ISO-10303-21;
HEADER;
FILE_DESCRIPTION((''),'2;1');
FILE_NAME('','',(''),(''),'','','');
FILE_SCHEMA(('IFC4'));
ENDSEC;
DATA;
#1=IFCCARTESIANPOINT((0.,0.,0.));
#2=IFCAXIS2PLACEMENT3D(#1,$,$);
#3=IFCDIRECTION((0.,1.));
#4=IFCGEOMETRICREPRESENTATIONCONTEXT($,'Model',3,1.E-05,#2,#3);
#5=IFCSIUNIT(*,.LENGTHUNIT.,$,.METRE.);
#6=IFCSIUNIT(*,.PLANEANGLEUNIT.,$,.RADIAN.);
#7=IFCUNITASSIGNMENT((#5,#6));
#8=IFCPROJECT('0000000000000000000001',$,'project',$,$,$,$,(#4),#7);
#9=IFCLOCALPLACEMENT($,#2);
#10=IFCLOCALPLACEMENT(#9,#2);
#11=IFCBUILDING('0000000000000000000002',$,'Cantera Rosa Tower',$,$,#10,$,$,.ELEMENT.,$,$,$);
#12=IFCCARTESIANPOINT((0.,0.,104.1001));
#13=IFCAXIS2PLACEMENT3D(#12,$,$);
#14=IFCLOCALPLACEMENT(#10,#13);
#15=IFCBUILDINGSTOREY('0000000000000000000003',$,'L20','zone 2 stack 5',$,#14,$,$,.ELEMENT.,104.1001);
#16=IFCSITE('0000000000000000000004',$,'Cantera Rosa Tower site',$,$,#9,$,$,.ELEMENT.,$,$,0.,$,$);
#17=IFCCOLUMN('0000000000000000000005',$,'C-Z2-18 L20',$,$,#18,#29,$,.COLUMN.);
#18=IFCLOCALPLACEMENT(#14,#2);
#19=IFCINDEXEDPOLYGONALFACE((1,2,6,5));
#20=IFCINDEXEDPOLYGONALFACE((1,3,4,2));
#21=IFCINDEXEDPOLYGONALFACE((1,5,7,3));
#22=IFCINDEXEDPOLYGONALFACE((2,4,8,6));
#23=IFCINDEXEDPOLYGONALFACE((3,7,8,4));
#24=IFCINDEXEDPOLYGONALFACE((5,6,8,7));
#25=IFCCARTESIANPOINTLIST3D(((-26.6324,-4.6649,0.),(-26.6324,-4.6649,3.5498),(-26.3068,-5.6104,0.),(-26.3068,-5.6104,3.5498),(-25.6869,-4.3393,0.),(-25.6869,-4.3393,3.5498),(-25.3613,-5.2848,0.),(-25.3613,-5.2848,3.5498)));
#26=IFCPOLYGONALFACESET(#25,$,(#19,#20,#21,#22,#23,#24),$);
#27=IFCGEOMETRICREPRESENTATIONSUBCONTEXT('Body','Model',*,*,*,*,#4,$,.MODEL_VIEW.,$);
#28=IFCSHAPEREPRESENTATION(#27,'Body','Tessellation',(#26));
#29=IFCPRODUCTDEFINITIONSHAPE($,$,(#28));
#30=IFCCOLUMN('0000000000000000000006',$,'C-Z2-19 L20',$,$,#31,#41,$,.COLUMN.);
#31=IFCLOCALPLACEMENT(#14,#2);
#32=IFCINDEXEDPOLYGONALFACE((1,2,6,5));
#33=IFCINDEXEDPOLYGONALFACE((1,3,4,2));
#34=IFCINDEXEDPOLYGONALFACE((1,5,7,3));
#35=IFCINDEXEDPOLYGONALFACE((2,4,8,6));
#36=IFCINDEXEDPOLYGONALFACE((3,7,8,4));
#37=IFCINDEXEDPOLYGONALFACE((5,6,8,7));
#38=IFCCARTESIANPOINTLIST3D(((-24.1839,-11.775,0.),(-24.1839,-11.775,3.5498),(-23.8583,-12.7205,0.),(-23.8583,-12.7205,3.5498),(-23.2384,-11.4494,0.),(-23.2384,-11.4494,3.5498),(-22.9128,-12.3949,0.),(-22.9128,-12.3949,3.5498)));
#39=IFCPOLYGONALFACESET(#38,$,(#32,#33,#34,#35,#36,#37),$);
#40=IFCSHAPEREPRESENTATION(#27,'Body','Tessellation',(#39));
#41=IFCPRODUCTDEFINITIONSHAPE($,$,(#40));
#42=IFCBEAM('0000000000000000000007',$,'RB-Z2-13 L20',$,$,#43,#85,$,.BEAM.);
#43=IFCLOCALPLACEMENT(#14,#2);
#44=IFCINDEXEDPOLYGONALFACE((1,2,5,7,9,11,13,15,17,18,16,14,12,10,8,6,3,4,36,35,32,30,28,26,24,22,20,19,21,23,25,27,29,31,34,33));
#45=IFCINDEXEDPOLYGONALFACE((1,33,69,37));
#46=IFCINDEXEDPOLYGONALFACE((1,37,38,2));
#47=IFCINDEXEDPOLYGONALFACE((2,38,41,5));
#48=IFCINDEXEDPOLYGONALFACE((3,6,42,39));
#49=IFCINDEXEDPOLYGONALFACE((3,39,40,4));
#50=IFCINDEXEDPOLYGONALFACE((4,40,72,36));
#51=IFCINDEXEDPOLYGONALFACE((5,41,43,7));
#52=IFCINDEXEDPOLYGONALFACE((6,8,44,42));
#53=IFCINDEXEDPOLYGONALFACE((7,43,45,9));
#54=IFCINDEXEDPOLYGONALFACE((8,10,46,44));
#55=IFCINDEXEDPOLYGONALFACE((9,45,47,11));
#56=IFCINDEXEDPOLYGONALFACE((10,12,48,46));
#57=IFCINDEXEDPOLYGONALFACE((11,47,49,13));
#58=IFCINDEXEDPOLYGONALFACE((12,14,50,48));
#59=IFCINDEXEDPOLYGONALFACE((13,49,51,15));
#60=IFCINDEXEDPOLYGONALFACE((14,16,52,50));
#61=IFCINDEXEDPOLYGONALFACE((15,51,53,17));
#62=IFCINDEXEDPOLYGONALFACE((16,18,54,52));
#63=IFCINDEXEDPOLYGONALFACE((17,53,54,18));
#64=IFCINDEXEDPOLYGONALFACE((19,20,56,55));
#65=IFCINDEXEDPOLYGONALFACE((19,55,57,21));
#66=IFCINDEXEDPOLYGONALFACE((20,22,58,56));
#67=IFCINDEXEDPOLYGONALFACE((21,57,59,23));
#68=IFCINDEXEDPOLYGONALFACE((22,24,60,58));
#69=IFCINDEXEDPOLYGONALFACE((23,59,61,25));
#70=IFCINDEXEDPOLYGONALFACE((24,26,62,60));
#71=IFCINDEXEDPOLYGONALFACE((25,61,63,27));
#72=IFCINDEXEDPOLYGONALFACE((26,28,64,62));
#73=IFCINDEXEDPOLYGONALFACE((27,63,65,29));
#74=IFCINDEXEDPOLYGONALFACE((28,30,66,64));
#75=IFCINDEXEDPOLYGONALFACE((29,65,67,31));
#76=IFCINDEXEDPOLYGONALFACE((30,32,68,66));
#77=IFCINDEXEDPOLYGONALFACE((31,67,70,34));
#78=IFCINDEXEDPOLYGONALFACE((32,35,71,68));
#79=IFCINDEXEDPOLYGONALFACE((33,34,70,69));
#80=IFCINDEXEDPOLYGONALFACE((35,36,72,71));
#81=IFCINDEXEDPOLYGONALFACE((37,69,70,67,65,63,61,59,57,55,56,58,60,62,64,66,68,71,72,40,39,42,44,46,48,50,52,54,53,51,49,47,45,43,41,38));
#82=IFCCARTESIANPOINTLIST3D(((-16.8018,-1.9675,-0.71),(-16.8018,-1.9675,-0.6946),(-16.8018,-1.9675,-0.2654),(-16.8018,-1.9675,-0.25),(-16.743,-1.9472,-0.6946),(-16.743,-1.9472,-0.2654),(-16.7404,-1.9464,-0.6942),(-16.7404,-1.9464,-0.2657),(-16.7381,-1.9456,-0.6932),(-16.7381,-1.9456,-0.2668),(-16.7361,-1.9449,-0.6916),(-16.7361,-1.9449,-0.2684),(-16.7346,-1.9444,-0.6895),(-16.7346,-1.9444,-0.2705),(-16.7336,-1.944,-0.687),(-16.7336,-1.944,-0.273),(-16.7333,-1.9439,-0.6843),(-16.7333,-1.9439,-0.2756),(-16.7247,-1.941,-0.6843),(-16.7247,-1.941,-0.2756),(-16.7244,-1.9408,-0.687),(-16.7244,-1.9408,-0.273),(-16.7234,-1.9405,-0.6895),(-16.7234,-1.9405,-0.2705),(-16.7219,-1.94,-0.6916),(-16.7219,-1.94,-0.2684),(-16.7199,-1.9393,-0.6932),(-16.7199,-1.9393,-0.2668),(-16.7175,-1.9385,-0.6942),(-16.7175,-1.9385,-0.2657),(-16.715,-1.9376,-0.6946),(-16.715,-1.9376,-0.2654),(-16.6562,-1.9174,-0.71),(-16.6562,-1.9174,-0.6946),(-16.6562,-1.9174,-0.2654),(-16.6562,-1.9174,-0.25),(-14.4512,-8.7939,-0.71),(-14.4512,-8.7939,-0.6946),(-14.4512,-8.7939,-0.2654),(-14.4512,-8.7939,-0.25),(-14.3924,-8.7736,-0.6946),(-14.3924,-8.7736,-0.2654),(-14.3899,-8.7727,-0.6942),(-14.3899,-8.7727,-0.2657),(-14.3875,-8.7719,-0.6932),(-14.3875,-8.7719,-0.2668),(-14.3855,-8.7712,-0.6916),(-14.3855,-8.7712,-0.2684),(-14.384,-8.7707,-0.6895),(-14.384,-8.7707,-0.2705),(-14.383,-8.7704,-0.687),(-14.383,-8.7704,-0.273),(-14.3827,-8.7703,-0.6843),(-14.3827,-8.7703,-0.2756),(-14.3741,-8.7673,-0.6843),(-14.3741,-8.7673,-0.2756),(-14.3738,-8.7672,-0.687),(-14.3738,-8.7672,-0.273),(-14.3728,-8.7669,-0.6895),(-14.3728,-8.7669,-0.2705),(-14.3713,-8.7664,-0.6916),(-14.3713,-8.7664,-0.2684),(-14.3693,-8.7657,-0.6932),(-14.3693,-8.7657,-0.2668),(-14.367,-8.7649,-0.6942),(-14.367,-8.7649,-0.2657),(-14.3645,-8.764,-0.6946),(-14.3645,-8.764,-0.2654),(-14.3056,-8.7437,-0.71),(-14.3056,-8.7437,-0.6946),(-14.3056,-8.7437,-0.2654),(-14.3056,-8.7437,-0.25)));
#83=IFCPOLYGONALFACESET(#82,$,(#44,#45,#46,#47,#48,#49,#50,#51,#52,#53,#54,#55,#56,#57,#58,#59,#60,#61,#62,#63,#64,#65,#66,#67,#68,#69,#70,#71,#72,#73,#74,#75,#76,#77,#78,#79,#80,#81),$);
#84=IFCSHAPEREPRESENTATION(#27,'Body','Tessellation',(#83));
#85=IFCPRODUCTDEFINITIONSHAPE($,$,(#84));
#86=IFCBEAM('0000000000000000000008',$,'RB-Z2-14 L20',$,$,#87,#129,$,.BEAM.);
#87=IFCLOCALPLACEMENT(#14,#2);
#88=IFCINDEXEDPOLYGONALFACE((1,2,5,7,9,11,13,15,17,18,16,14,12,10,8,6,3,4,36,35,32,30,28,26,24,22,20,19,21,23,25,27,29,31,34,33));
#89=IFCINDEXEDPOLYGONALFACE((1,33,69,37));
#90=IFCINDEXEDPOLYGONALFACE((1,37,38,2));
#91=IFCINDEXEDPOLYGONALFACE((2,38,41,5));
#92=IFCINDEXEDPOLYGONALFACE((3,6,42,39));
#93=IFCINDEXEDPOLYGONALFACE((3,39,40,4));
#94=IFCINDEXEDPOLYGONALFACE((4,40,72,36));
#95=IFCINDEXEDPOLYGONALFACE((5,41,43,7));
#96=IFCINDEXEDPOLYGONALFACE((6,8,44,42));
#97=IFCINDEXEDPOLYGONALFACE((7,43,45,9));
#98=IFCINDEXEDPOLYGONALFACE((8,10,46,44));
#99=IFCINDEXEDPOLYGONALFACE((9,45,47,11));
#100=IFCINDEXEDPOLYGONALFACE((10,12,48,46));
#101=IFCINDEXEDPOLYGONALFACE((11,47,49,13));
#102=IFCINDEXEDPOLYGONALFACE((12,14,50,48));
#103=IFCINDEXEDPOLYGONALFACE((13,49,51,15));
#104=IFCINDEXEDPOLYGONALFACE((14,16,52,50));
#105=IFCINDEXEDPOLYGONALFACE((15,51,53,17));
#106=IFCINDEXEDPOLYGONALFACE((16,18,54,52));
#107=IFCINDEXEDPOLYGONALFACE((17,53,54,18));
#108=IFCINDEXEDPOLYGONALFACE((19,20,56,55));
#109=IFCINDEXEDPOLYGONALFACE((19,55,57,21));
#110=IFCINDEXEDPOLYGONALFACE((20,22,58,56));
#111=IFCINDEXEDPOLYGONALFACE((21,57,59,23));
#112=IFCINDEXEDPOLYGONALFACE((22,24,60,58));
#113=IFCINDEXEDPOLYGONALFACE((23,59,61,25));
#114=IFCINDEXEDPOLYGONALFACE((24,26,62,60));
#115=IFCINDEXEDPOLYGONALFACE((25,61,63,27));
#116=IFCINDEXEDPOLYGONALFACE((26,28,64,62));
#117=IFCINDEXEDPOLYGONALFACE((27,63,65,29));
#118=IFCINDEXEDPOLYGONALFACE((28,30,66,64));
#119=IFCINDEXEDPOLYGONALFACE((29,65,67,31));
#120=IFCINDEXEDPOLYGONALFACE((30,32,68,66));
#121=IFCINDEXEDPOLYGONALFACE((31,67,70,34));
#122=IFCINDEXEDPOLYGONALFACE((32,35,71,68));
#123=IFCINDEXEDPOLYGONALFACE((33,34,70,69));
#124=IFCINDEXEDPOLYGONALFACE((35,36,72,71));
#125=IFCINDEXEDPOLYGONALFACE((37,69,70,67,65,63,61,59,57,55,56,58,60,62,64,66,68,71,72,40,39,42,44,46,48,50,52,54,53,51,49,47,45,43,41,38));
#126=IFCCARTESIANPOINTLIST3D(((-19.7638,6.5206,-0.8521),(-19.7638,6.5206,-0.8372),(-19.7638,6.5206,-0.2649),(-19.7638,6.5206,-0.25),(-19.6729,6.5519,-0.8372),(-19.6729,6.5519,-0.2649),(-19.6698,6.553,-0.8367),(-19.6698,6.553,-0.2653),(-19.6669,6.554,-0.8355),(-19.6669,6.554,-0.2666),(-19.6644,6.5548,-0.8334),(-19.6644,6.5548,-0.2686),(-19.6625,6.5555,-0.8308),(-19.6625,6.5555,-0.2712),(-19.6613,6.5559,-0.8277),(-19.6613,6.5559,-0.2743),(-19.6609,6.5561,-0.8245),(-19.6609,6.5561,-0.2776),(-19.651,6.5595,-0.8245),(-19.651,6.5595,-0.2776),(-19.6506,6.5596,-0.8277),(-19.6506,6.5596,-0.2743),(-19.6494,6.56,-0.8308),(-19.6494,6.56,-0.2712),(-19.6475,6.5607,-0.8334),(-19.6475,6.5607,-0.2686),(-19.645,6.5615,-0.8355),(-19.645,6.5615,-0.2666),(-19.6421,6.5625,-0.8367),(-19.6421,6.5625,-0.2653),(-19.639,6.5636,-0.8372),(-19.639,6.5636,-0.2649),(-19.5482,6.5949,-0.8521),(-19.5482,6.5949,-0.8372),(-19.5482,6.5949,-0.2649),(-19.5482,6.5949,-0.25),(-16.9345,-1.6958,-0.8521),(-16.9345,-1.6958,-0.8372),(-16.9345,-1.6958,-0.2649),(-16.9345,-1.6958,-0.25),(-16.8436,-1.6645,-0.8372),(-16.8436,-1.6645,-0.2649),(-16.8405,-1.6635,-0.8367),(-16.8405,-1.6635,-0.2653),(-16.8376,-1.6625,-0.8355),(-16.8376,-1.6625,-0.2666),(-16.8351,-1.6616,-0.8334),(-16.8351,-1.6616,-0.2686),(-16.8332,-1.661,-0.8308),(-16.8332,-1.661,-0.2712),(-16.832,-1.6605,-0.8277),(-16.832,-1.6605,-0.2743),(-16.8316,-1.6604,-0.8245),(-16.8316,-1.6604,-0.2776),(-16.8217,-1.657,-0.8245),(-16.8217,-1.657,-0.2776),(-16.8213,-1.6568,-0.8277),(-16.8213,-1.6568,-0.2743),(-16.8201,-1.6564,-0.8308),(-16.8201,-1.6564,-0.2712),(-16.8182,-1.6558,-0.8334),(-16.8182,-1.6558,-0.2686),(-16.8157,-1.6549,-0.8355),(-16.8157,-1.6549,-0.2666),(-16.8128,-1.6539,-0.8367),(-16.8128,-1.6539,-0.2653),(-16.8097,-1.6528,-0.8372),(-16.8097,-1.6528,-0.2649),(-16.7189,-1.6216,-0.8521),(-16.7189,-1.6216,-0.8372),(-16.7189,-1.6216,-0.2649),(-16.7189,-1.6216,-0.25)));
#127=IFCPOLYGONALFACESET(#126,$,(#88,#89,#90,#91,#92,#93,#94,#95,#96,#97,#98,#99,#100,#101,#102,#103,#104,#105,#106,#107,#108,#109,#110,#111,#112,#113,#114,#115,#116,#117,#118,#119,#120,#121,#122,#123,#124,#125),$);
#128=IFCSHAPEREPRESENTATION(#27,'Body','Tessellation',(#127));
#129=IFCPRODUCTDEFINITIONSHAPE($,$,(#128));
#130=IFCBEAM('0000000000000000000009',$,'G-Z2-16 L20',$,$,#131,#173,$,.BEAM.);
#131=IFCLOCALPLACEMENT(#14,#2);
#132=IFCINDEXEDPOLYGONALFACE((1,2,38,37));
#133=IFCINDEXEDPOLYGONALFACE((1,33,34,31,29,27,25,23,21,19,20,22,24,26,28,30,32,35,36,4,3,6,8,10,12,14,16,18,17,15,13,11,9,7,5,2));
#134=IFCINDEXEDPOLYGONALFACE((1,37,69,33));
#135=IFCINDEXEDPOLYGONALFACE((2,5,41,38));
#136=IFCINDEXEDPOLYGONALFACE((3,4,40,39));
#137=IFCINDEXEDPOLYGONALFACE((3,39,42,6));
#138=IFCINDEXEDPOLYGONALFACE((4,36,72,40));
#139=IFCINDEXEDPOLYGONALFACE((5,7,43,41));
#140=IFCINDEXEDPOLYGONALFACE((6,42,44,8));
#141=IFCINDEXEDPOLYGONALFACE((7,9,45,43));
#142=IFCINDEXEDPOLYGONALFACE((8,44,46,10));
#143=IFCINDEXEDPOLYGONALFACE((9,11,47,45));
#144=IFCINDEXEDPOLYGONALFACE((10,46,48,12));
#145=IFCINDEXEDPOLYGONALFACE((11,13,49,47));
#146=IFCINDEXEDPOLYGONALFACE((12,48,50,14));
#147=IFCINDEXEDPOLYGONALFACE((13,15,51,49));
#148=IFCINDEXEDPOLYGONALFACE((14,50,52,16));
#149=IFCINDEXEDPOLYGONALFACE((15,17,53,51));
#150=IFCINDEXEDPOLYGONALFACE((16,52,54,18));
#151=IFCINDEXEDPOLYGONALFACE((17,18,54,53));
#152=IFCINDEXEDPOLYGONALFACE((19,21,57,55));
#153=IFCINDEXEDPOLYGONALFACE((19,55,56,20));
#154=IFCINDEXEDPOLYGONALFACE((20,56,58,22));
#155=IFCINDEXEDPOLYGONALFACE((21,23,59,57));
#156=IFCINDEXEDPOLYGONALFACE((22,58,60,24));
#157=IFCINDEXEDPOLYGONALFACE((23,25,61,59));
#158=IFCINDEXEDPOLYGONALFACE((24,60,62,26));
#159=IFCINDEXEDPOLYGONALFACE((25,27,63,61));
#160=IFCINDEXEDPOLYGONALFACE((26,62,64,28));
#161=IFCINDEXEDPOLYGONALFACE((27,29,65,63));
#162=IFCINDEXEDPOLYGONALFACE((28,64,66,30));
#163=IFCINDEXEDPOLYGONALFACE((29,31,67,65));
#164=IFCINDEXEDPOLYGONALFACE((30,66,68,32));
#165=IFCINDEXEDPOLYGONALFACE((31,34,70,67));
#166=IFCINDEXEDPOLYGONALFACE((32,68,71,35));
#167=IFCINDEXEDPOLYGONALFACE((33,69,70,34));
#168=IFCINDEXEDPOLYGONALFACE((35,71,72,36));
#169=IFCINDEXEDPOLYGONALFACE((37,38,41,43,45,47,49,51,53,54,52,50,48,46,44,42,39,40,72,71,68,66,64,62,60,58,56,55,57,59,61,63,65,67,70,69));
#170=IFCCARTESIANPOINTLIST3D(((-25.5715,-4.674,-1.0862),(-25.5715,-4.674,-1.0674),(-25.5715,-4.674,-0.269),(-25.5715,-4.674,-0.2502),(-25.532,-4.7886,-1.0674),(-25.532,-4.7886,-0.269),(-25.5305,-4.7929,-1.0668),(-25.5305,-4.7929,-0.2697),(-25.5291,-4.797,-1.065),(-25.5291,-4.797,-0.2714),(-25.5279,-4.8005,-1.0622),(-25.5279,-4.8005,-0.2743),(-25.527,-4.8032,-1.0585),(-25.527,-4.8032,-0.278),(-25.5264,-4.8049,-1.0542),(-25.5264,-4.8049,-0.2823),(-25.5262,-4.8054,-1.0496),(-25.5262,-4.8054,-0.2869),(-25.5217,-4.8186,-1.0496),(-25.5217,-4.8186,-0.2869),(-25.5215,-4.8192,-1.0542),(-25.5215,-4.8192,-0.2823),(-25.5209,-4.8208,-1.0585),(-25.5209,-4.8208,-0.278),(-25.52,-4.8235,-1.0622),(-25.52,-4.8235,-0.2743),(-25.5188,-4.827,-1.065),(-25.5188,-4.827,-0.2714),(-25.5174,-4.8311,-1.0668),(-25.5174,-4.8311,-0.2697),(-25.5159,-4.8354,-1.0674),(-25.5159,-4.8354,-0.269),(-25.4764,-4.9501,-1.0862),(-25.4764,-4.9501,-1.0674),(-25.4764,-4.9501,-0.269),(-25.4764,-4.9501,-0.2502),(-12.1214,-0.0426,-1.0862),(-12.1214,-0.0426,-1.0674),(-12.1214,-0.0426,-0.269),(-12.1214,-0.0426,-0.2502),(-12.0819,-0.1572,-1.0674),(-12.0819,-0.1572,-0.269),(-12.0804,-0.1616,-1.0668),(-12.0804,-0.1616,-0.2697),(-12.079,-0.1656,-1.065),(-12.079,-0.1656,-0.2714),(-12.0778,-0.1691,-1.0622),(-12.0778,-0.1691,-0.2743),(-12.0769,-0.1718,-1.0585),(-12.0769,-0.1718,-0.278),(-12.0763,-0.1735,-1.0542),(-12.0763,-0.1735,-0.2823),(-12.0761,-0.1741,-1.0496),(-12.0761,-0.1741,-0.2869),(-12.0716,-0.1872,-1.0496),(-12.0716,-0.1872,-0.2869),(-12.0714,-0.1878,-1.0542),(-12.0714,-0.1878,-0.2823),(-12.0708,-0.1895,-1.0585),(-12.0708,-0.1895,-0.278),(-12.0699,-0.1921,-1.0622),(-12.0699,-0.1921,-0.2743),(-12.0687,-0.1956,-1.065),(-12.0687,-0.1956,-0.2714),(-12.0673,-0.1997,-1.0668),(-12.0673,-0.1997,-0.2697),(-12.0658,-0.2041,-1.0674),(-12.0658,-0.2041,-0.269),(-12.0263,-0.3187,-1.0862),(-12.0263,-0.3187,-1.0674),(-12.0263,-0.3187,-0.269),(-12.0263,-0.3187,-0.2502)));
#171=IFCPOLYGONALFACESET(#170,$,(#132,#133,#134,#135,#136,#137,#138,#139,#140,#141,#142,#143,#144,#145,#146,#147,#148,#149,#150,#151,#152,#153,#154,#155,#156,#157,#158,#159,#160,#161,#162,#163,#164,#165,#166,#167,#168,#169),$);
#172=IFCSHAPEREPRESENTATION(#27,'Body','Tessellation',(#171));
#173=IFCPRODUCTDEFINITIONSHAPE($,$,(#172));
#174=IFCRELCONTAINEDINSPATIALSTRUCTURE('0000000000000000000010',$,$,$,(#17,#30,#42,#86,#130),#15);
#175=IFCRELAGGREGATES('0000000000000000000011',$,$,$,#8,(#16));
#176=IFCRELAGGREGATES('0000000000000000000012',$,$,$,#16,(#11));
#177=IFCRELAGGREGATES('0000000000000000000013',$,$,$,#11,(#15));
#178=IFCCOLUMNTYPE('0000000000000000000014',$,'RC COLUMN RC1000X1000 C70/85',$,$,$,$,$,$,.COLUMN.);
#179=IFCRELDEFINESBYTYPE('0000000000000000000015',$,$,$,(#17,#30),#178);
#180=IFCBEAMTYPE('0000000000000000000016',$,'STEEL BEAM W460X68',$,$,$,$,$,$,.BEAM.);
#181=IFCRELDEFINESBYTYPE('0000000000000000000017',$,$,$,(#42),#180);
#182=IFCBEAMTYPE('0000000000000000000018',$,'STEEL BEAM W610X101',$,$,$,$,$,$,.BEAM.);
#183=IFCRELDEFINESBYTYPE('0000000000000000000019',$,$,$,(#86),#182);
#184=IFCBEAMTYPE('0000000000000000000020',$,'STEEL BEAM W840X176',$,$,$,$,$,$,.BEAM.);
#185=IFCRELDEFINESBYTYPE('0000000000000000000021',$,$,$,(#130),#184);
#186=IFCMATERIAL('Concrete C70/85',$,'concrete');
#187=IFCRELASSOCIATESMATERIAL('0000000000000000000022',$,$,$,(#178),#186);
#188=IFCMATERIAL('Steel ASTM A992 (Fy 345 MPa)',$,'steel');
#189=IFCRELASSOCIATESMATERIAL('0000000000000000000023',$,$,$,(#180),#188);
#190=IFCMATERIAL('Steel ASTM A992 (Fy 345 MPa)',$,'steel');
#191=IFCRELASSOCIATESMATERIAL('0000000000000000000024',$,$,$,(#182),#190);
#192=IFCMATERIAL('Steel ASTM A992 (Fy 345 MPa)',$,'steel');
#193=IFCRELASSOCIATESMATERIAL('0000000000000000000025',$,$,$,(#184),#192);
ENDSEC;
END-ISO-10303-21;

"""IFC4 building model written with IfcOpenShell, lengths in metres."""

from ifc_helpers import new_model, si_unit, direction, frame, origin, origin_2d, place, context, subcontext, project, spatial, rectangle, i_section, extrude, material, material_profile, profile_set, type_object, element, save


model = new_model("IFC4")

# Units and contexts
model_context = context("Model", 3, precision=1e-05, world=origin(), true_north=direction((0.0, 1.0)))
body_context = subcontext(model_context, "Body", "Model", "MODEL_VIEW")
ifc_project = project(units=[si_unit("LENGTHUNIT", "METRE"), si_unit("PLANEANGLEUNIT", "RADIAN")], contexts=[model_context])

# Site, building, storey
site_placement = place(None, origin())
site = spatial("IfcSite", under=ifc_project, at=site_placement, Name="Cantera Rosa Tower site", CompositionType="ELEMENT", RefElevation=0.0)
building_placement = place(site_placement, origin())
building = spatial("IfcBuilding", under=site, at=building_placement, Name="Cantera Rosa Tower", CompositionType="ELEMENT")
storey_placement = place(building_placement, frame((0.0, 0.0, 104.1001)))
storey = spatial("IfcBuildingStorey", under=building, at=storey_placement, Name="L20", Description="zone 2 stack 5", CompositionType="ELEMENT", Elevation=104.1001)

# Columns
ifc_material_1 = material(Name="Concrete C70/85", Category="concrete")
ifc_material_profile_1 = material_profile(ifc_material_1, rectangle(XDim=1.0, YDim=1.0, at=origin_2d()), Name="RC COLUMN RC1000X1000 C70/85")
ifc_profile_set_1 = profile_set([ifc_material_profile_1], Name="Concrete C70/85")
column_type = type_object("IfcColumnType", Name="RC COLUMN RC1000X1000 C70/85", PredefinedType="COLUMN", material=ifc_profile_set_1)
for number, where, z_axis, x_axis, name in (
    (1, (-25.9968, -4.9749, 0.0), (0.0, 0.0, 1.0), (0.945519, 0.325568, 0.0), "C-Z2-18 L20"),
    (2, (-23.5483, -12.085, 0.0), (0.0, 0.0, 1.0), (0.945519, 0.325568, 0.0), "C-Z2-19 L20"),
):
    element("IfcColumn", number, at=place(storey_placement, frame(where, z_axis=z_axis, x_axis=x_axis)), inside=storey, type_object=column_type, Name=name, PredefinedType="COLUMN", context=body_context, shape_type="SweptSolid", body=[
        extrude(rectangle(XDim=1.0, YDim=1.0, at=origin_2d()), origin(), (0.0, 0.0, 1.0), 3.5498),
    ])

# Beams
ifc_material_2 = material(Name="Steel ASTM A992 (Fy 345 MPa)", Category="steel")
ifc_material_profile_2 = material_profile(ifc_material_2, i_section(OverallWidth=0.1541, OverallDepth=0.46, WebThickness=0.009, FlangeThickness=0.0154, FilletRadius=0.0103, at=origin_2d()), Name="W460X68")
ifc_profile_set_2 = profile_set([ifc_material_profile_2], Name="Steel ASTM A992 (Fy 345 MPa)")
beam_type_1 = type_object("IfcBeamType", Name="STEEL BEAM W460X68", PredefinedType="BEAM", material=ifc_profile_set_2)
beam_1_placement = place(storey_placement, frame((-14.3784, -8.7688, -0.48), z_axis=(-0.325576, 0.945516, 0.0), x_axis=(-0.945516, -0.325576, 0.0)))
element("IfcBeam", 3, at=beam_1_placement, inside=storey, type_object=beam_type_1, Name="RB-Z2-13 L20", PredefinedType="BEAM", context=body_context, shape_type="SweptSolid", body=[
    extrude(i_section(OverallWidth=0.1541, OverallDepth=0.46, WebThickness=0.009, FlangeThickness=0.0154, FilletRadius=0.0103, at=origin_2d()), origin(), (0.0, 0.0, 1.0), 7.2197),
])
ifc_material_3 = material(Name="Steel ASTM A992 (Fy 345 MPa)", Category="steel")
ifc_material_profile_3 = material_profile(ifc_material_3, i_section(OverallWidth=0.228, OverallDepth=0.6021, WebThickness=0.0105, FlangeThickness=0.0149, FilletRadius=0.0127, at=origin_2d()), Name="W610X101")
ifc_profile_set_3 = profile_set([ifc_material_profile_3], Name="Steel ASTM A992 (Fy 345 MPa)")
beam_type_2 = type_object("IfcBeamType", Name="STEEL BEAM W610X101", PredefinedType="BEAM", material=ifc_profile_set_3)
beam_2_placement = place(storey_placement, frame((-16.8267, -1.6587, -0.551), z_axis=(-0.325585, 0.945513, 0.0), x_axis=(-0.945513, -0.325585, 0.0)))
element("IfcBeam", 4, at=beam_2_placement, inside=storey, type_object=beam_type_2, Name="RB-Z2-14 L20", PredefinedType="BEAM", context=body_context, shape_type="SweptSolid", body=[
    extrude(i_section(OverallWidth=0.228, OverallDepth=0.6021, WebThickness=0.0105, FlangeThickness=0.0149, FilletRadius=0.0127, at=origin_2d()), origin(), (0.0, 0.0, 1.0), 8.6899),
])
ifc_material_4 = material(Name="Steel ASTM A992 (Fy 345 MPa)", Category="steel")
ifc_material_profile_4 = material_profile(ifc_material_4, i_section(OverallWidth=0.292, OverallDepth=0.8359, WebThickness=0.0139, FlangeThickness=0.0188, FilletRadius=0.0178, at=origin_2d()), Name="W840X176")
ifc_profile_set_4 = profile_set([ifc_material_profile_4], Name="Steel ASTM A992 (Fy 345 MPa)")
beam_type_3 = type_object("IfcBeamType", Name="STEEL BEAM W840X176", PredefinedType="BEAM", material=ifc_profile_set_4)
beam_3_placement = place(storey_placement, frame((-25.5239, -4.812, -0.6682), z_axis=(0.945515, 0.325578, 0.0), x_axis=(-0.325578, 0.945515, 0.0)))
element("IfcBeam", 5, at=beam_3_placement, inside=storey, type_object=beam_type_3, Name="G-Z2-16 L20", PredefinedType="BEAM", context=body_context, shape_type="SweptSolid", body=[
    extrude(i_section(OverallWidth=0.292, OverallDepth=0.8359, WebThickness=0.0139, FlangeThickness=0.0188, FilletRadius=0.0178, at=origin_2d()), origin(), (0.0, 0.0, 1.0), 14.2251),
])

save(model, "model.ifc")
